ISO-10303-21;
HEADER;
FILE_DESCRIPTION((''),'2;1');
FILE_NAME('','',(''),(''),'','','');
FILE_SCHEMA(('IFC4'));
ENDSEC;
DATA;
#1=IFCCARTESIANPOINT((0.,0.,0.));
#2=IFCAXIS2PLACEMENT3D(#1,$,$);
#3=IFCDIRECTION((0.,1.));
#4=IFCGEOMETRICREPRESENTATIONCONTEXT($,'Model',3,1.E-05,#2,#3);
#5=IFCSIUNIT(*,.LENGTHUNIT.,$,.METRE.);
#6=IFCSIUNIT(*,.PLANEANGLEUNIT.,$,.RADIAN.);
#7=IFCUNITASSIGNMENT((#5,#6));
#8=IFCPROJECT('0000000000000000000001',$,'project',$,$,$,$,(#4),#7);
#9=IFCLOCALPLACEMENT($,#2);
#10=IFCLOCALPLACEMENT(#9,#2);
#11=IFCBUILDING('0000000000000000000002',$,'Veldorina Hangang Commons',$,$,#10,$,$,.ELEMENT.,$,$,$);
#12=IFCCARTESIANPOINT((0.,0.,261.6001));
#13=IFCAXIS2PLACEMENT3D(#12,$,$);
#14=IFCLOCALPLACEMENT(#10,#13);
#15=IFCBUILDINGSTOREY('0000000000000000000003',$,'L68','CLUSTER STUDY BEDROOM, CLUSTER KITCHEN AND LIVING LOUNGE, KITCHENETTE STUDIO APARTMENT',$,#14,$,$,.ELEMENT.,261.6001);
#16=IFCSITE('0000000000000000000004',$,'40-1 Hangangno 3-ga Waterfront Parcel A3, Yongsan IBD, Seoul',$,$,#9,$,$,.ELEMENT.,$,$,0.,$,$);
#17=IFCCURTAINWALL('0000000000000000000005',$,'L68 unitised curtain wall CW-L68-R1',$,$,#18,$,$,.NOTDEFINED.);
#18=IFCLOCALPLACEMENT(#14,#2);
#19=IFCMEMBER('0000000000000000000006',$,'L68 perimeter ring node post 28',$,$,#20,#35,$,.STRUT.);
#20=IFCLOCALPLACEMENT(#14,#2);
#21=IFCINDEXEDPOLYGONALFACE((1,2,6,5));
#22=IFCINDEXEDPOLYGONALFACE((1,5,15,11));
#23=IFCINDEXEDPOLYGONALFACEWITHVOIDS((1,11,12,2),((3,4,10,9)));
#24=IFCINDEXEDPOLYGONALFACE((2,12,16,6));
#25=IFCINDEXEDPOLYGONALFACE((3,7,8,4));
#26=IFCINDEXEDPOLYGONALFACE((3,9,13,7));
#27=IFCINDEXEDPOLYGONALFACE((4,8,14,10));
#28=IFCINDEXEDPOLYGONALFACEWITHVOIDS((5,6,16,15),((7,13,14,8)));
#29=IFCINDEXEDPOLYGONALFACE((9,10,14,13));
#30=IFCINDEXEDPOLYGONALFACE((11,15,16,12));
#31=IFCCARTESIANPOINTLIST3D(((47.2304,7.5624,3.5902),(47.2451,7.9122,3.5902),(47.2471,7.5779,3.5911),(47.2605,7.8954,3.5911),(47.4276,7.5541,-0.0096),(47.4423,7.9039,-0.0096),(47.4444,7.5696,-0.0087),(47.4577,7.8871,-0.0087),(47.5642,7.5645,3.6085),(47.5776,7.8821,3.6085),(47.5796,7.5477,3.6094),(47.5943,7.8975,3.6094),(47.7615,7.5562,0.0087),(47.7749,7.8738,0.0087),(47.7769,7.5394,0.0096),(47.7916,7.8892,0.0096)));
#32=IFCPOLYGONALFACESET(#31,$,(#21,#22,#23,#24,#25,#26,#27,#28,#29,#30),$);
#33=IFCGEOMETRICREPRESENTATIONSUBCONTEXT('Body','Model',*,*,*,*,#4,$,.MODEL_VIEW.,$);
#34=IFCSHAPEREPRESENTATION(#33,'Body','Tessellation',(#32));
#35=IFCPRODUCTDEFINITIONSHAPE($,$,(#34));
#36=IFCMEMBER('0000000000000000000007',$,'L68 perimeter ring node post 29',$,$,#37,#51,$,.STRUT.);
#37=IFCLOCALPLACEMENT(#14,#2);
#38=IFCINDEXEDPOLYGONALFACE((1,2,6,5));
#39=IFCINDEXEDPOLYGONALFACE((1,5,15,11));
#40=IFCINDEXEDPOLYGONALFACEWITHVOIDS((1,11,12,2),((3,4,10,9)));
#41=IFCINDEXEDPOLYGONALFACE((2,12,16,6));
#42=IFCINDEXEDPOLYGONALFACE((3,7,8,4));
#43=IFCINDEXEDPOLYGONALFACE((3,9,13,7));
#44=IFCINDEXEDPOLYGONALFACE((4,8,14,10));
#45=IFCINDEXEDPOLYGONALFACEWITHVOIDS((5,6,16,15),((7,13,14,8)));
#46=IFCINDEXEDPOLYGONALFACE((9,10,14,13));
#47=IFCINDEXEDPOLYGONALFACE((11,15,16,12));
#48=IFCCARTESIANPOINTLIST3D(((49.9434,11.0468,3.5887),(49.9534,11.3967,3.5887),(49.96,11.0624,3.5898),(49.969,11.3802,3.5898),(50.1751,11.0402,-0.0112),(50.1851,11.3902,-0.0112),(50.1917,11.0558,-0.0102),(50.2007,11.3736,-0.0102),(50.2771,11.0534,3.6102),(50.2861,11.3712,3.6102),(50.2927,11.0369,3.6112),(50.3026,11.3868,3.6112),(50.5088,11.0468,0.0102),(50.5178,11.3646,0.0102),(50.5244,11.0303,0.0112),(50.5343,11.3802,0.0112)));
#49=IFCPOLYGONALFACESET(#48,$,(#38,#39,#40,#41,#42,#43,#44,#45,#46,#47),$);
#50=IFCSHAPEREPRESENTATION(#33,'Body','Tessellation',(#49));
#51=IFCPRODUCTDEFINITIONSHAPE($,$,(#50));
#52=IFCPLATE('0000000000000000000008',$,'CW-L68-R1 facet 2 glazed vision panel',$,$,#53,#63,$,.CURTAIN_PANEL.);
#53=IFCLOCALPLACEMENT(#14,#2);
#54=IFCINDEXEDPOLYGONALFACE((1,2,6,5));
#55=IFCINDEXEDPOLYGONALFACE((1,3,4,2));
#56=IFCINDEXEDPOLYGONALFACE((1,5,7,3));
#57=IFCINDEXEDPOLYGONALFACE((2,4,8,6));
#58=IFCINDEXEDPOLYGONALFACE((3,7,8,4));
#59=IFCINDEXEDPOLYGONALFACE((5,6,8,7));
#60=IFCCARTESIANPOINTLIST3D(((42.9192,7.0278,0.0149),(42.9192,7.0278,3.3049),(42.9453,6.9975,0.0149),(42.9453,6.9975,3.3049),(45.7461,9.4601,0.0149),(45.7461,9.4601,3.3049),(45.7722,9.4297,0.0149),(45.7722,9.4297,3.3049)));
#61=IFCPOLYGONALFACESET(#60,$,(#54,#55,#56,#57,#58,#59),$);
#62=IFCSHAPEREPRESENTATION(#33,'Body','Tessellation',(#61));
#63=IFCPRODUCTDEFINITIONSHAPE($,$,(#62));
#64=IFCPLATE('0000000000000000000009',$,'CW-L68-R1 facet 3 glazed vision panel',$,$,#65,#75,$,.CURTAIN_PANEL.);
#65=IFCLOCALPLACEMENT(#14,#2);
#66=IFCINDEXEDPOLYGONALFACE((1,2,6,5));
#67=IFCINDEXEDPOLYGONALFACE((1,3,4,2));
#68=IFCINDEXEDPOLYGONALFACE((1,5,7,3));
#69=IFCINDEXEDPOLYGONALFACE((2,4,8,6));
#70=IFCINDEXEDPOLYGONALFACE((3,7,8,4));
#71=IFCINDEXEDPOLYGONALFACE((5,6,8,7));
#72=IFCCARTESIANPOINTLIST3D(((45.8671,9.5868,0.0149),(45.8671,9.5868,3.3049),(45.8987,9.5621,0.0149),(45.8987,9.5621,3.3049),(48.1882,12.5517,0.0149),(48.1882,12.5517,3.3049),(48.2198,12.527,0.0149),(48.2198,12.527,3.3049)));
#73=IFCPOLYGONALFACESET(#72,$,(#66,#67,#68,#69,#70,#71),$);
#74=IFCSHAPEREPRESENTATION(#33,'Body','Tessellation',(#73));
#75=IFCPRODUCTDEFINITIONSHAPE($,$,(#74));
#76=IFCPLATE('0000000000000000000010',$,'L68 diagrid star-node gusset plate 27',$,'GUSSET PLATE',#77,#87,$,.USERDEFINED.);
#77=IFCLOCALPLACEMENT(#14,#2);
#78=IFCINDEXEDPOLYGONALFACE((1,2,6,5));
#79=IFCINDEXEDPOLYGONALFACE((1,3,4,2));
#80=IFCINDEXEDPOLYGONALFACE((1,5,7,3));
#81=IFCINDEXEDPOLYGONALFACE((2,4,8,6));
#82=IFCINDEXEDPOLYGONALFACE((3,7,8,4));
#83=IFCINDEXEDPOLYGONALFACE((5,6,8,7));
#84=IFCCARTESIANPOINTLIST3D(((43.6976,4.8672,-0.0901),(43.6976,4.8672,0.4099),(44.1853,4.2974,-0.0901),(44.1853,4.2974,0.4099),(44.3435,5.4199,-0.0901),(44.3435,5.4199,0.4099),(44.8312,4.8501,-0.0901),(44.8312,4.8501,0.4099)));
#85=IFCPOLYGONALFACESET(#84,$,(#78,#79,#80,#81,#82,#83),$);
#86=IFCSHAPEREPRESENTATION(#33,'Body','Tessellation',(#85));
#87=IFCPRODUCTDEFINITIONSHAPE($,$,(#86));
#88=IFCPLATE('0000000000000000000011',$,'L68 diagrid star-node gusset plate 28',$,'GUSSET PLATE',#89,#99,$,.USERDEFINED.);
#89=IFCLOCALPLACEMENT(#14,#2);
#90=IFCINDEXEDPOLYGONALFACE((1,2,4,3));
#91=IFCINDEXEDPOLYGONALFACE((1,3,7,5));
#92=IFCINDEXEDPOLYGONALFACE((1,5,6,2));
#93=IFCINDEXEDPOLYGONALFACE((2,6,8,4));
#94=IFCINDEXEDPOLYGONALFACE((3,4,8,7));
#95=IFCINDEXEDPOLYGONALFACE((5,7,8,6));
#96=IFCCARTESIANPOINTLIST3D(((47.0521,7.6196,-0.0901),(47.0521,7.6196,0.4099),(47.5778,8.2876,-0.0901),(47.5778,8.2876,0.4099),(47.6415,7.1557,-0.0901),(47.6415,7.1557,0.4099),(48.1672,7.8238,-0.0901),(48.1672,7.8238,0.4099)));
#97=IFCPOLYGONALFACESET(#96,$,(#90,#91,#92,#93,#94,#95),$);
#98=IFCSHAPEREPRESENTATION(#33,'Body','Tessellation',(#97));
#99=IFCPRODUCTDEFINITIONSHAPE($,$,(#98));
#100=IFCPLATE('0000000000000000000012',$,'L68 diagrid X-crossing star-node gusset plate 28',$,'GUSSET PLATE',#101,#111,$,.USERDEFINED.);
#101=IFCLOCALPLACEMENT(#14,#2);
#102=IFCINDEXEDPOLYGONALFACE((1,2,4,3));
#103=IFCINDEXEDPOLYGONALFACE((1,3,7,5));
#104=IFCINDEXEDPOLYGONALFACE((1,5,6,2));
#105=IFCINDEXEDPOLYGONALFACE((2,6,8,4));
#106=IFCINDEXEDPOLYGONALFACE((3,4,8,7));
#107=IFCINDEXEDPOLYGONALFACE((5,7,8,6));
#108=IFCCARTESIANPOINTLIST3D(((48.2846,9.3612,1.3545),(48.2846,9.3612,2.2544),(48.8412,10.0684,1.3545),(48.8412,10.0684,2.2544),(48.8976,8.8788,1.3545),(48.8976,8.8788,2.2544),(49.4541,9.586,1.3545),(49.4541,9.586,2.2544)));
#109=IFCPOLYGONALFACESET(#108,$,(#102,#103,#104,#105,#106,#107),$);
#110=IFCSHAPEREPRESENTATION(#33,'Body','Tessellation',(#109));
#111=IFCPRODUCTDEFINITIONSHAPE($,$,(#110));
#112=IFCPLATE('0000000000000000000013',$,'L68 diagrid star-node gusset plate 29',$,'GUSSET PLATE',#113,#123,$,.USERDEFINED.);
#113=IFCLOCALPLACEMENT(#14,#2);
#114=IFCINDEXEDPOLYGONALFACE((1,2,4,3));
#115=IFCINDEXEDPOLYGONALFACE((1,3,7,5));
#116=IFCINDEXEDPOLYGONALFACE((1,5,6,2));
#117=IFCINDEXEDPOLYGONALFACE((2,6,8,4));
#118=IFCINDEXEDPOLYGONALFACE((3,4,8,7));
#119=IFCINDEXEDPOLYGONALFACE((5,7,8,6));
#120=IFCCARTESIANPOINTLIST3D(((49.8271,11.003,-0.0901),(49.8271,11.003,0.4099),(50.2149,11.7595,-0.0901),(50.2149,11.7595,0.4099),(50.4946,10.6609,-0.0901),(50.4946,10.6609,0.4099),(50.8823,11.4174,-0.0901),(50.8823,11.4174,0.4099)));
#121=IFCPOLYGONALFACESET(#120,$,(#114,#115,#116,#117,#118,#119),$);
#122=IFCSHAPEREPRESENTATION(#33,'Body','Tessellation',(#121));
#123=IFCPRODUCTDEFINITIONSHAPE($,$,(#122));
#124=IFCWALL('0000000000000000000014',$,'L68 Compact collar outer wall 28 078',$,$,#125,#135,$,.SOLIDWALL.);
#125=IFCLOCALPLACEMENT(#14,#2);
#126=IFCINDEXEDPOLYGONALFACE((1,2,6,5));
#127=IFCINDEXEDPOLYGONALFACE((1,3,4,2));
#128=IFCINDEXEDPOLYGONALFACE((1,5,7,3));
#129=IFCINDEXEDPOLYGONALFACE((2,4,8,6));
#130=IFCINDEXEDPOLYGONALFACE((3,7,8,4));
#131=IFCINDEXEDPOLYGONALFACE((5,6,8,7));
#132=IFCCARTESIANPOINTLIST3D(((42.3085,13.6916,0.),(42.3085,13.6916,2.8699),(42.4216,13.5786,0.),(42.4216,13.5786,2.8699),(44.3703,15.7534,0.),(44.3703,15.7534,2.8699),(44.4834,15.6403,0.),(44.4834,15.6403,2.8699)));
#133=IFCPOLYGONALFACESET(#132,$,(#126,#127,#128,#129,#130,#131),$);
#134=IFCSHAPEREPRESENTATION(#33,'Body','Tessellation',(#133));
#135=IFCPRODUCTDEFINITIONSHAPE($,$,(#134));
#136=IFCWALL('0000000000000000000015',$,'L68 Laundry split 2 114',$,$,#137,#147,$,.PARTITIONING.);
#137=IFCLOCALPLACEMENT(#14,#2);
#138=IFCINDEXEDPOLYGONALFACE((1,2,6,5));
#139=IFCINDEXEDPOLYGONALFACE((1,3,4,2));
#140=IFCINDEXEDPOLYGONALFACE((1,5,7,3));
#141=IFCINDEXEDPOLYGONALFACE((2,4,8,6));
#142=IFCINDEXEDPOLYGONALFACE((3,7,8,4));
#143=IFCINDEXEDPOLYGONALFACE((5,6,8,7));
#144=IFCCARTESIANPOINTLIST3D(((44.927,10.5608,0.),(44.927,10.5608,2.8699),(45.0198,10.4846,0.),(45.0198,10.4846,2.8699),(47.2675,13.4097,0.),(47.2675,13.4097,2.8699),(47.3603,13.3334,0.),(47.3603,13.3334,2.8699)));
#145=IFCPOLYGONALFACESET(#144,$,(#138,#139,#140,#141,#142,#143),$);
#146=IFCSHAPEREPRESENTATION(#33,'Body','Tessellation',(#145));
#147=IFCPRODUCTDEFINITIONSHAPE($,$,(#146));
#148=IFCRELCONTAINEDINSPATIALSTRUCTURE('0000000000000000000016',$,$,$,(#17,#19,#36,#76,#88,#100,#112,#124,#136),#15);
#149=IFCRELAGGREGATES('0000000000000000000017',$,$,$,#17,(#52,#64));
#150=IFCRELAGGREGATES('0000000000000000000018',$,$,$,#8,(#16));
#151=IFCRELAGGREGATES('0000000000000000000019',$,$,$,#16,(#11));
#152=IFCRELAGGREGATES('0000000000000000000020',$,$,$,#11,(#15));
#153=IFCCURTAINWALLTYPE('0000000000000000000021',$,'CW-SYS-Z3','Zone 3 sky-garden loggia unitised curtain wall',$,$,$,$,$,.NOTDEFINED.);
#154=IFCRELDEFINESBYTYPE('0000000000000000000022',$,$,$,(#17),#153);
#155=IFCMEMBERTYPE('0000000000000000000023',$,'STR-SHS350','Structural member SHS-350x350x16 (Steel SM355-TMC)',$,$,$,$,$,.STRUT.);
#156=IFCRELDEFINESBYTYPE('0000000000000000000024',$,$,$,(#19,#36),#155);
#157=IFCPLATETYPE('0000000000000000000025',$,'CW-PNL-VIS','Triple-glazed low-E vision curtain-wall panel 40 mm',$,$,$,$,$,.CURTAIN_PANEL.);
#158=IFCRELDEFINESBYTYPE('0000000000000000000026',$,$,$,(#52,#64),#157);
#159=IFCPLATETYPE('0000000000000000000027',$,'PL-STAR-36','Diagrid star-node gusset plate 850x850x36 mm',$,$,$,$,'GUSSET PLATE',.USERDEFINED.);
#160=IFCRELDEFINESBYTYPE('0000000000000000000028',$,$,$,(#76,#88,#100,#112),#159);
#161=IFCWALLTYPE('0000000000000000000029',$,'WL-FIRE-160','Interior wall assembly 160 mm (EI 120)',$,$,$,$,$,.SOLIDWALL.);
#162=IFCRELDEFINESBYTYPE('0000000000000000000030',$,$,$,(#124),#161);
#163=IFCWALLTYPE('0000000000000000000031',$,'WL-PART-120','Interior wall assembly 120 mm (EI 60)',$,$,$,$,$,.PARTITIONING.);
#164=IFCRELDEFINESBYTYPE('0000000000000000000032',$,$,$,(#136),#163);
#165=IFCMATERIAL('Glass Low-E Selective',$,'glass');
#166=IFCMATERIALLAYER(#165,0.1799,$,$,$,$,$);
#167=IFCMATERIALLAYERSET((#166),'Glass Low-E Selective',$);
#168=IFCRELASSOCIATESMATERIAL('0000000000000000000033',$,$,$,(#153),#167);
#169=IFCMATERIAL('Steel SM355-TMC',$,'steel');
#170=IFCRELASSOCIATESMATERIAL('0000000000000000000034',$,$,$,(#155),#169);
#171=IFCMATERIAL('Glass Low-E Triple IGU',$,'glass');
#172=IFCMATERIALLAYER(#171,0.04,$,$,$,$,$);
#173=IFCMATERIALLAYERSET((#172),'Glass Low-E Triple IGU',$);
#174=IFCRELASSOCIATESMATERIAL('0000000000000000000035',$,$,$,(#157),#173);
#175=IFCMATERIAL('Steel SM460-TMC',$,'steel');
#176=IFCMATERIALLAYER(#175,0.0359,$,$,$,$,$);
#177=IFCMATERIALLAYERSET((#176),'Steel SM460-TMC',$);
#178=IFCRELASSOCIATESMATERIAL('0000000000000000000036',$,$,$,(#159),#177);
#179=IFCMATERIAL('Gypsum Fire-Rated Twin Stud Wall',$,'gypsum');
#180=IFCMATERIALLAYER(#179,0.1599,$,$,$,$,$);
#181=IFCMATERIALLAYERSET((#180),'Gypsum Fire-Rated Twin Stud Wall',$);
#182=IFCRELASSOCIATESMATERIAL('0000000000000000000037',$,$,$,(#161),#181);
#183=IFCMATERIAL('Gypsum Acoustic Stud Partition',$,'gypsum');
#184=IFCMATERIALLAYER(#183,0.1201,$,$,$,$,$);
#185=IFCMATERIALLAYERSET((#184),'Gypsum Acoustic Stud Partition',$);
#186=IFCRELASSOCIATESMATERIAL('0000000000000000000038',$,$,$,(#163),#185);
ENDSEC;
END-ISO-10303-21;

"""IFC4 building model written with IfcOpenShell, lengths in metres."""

from ifc_helpers import new_model, si_unit, direction, frame, frame_2d, origin, origin_2d, place, context, subcontext, project, spatial, rectangle, hollow_rectangle, extrude, material, layer, layer_set, material_profile, profile_set, type_object, element, aggregate, save


model = new_model("IFC4")

# Units and contexts
model_context = context("Model", 3, precision=1e-05, world=origin(), true_north=direction((0.0, 1.0)))
body_context = subcontext(model_context, "Body", "Model", "MODEL_VIEW")
ifc_project = project(units=[si_unit("LENGTHUNIT", "METRE"), si_unit("PLANEANGLEUNIT", "RADIAN")], contexts=[model_context])

# Site, building, storey
site_placement = place(None, origin())
site = spatial("IfcSite", under=ifc_project, at=site_placement, Name="40-1 Hangangno 3-ga Waterfront Parcel A3, Yongsan IBD, Seoul", CompositionType="ELEMENT", RefElevation=0.0)
building_placement = place(site_placement, origin())
building = spatial("IfcBuilding", under=site, at=building_placement, Name="Veldorina Hangang Commons", CompositionType="ELEMENT")
storey_placement = place(building_placement, frame((0.0, 0.0, 261.6001)))
storey = spatial("IfcBuildingStorey", under=building, at=storey_placement, Name="L68", Description="CLUSTER STUDY BEDROOM, CLUSTER KITCHEN AND LIVING LOUNGE, KITCHENETTE STUDIO APARTMENT", CompositionType="ELEMENT", Elevation=261.6001)

# Shared definitions
ifc_material_1 = material(Name="Steel SM355-TMC", Category="steel")

# Curtain wall
ifc_material_2 = material(Name="Glass Low-E Selective", Category="glass")
ifc_layer_1 = layer(ifc_material_2, 0.1799)
ifc_layer_set_1 = layer_set([ifc_layer_1], Name="Glass Low-E Selective")
curtain_wall_type = type_object("IfcCurtainWallType", Name="CW-SYS-Z3", Description="Zone 3 sky-garden loggia unitised curtain wall", PredefinedType="NOTDEFINED", material=ifc_layer_set_1)
curtain_wall_placement = place(storey_placement, origin())
curtain_wall = element("IfcCurtainWall", 1, at=curtain_wall_placement, inside=storey, type_object=curtain_wall_type, Name="L68 unitised curtain wall CW-L68-R1", PredefinedType="NOTDEFINED")

# Members
ifc_material_profile_1 = material_profile(ifc_material_1, hollow_rectangle(XDim=0.3501, YDim=0.3501, WallThickness=0.0161, at=origin_2d()), Name="SHS-350x350x16")
ifc_profile_set_1 = profile_set([ifc_material_profile_1], Name="Steel SM355-TMC")
member_type_1 = type_object("IfcMemberType", Name="STR-SHS350", Description="Structural member SHS-350x350x16 (Steel SM355-TMC)", PredefinedType="STRUT", material=ifc_profile_set_1)
member_1_placement = place(storey_placement, frame((47.6096, 7.7217, 0.0), z_axis=(-0.054716, 0.002302, 0.998499), x_axis=(-0.042042, -0.999116, 0.0)))
element("IfcMember", 2, at=member_1_placement, inside=storey, type_object=member_type_1, Name="L68 perimeter ring node post 28", PredefinedType="STRUT", context=body_context, shape_type="SweptSolid", body=[
    extrude(hollow_rectangle(XDim=0.3501, YDim=0.3501, WallThickness=0.0161, at=origin_2d()), origin(), (0.0, 0.0, 1.0), 3.6052),
])
member_2_placement = place(storey_placement, frame((50.3547, 11.2102, 0.0), z_axis=(-0.064228, 0.001827, 0.997934), x_axis=(-0.028439, -0.999596, 0.0)))
element("IfcMember", 3, at=member_2_placement, inside=storey, type_object=member_type_1, Name="L68 perimeter ring node post 29", PredefinedType="STRUT", context=body_context, shape_type="SweptSolid", body=[
    extrude(hollow_rectangle(XDim=0.3501, YDim=0.3501, WallThickness=0.0161, at=origin_2d()), origin(), (0.0, 0.0, 1.0), 3.6074),
])

# Plates
ifc_material_3 = material(Name="Glass Low-E Triple IGU", Category="glass")
ifc_layer_2 = layer(ifc_material_3, 0.04)
ifc_layer_set_2 = layer_set([ifc_layer_2], Name="Glass Low-E Triple IGU")
plate_type_1 = type_object("IfcPlateType", Name="CW-PNL-VIS", Description="Triple-glazed low-E vision curtain-wall panel 40 mm", PredefinedType="CURTAIN_PANEL", material=ifc_layer_set_2)
plate_1_placement = place(storey_placement, frame((44.3457, 8.2288, 0.0149), z_axis=(0.0, 0.0, 1.0), x_axis=(0.758043, 0.652204, 0.0)))
plate_1 = element("IfcPlate", 4, at=plate_1_placement, type_object=plate_type_1, Name="CW-L68-R1 facet 2 glazed vision panel", PredefinedType="CURTAIN_PANEL", context=body_context, shape_type="SweptSolid", body=[
    extrude(rectangle(XDim=3.7292, YDim=0.04, at=origin_2d()), origin(), (0.0, 0.0, 1.0), 3.29),
])
plate_2_placement = place(storey_placement, frame((47.0435, 11.0569, 0.0149), z_axis=(0.0, 0.0, 1.0), x_axis=(0.616431, 0.787409, 0.0)))
plate_2 = element("IfcPlate", 5, at=plate_2_placement, type_object=plate_type_1, Name="CW-L68-R1 facet 3 glazed vision panel", PredefinedType="CURTAIN_PANEL", context=body_context, shape_type="SweptSolid", body=[
    extrude(rectangle(XDim=3.7654, YDim=0.04, at=origin_2d()), origin(), (0.0, 0.0, 1.0), 3.29),
])
aggregate(curtain_wall, [plate_1, plate_2])

# Plates
ifc_material_4 = material(Name="Steel SM460-TMC", Category="steel")
ifc_layer_3 = layer(ifc_material_4, 0.0359)
ifc_layer_set_3 = layer_set([ifc_layer_3], Name="Steel SM460-TMC")
plate_type_2 = type_object("IfcPlateType", Name="PL-STAR-36", Description="Diagrid star-node gusset plate 850x850x36 mm", ElementType="GUSSET PLATE", PredefinedType="USERDEFINED", material=ifc_layer_set_3)
for number, where, z_axis, x_axis, name in (
    (6, (44.2644, 4.8586, -0.0901), (0.0, 0.0, 1.0), (0.759737, 0.650231, 0.0), "L68 diagrid star-node gusset plate 27"),
    (7, (47.6096, 7.7217, -0.0901), (0.0, 0.0, 1.0), (0.618422, 0.785846, 0.0), "L68 diagrid star-node gusset plate 28"),
):
    element("IfcPlate", number, at=place(storey_placement, frame(where, z_axis=z_axis, x_axis=x_axis)), inside=storey, type_object=plate_type_2, Name=name, ObjectType="GUSSET PLATE", PredefinedType="USERDEFINED", context=body_context, shape_type="SweptSolid", body=[
        extrude(rectangle(XDim=0.8501, YDim=0.75, at=origin_2d()), origin(), (0.0, 0.0, 1.0), 0.5),
    ])
plate_3_placement = place(storey_placement, frame((48.8694, 9.4736, 1.3545), z_axis=(0.0, 0.0, 1.0), x_axis=(0.618422, 0.785846, 0.0)))
element("IfcPlate", 8, at=plate_3_placement, inside=storey, type_object=plate_type_2, Name="L68 diagrid X-crossing star-node gusset plate 28", ObjectType="GUSSET PLATE", PredefinedType="USERDEFINED", context=body_context, shape_type="SweptSolid", body=[
    extrude(rectangle(XDim=0.8999, YDim=0.78, at=origin_2d()), origin(), (0.0, 0.0, 1.0), 0.8999),
])
plate_4_placement = place(storey_placement, frame((50.3547, 11.2102, -0.0901), z_axis=(0.0, 0.0, 1.0), x_axis=(0.456104, 0.889926, 0.0)))
element("IfcPlate", 9, at=plate_4_placement, inside=storey, type_object=plate_type_2, Name="L68 diagrid star-node gusset plate 29", ObjectType="GUSSET PLATE", PredefinedType="USERDEFINED", context=body_context, shape_type="SweptSolid", body=[
    extrude(rectangle(XDim=0.8501, YDim=0.75, at=origin_2d()), origin(), (0.0, 0.0, 1.0), 0.5),
])

# Walls
ifc_material_5 = material(Name="Gypsum Fire-Rated Twin Stud Wall", Category="gypsum")
ifc_layer_4 = layer(ifc_material_5, 0.1599)
ifc_layer_set_4 = layer_set([ifc_layer_4], Name="Gypsum Fire-Rated Twin Stud Wall")
wall_type_1 = type_object("IfcWallType", Name="WL-FIRE-160", Description="Interior wall assembly 160 mm (EI 120)", PredefinedType="SOLIDWALL", material=ifc_layer_set_4)
wall_1_placement = place(storey_placement, frame((42.365, 13.635, 0.0), z_axis=(0.0, 0.0, 1.0), x_axis=(0.707107, 0.707107, 0.0)))
element("IfcWall", 10, at=wall_1_placement, inside=storey, type_object=wall_type_1, Name="L68 Compact collar outer wall 28 078", PredefinedType="SOLIDWALL", context=body_context, shape_type="SweptSolid", body=[
    extrude(rectangle(XDim=2.9158, YDim=0.1599, at=frame_2d((1.458, 0.0))), origin(), (0.0, 0.0, 1.0), 2.8699),
])
ifc_material_6 = material(Name="Gypsum Acoustic Stud Partition", Category="gypsum")
ifc_layer_5 = layer(ifc_material_6, 0.1201)
ifc_layer_set_5 = layer_set([ifc_layer_5], Name="Gypsum Acoustic Stud Partition")
wall_type_2 = type_object("IfcWallType", Name="WL-PART-120", Description="Interior wall assembly 120 mm (EI 60)", PredefinedType="PARTITIONING", material=ifc_layer_set_5)
wall_2_placement = place(storey_placement, frame((44.9734, 10.5227, 0.0), z_axis=(0.0, 0.0, 1.0), x_axis=(0.634809, 0.772669, 0.0)))
element("IfcWall", 11, at=wall_2_placement, inside=storey, type_object=wall_type_2, Name="L68 Laundry split 2 114", PredefinedType="PARTITIONING", context=body_context, shape_type="SweptSolid", body=[
    extrude(rectangle(XDim=3.687, YDim=0.1201, at=frame_2d((1.8435, 0.0))), origin(), (0.0, 0.0, 1.0), 2.8699),
])

save(model, "model.ifc")
